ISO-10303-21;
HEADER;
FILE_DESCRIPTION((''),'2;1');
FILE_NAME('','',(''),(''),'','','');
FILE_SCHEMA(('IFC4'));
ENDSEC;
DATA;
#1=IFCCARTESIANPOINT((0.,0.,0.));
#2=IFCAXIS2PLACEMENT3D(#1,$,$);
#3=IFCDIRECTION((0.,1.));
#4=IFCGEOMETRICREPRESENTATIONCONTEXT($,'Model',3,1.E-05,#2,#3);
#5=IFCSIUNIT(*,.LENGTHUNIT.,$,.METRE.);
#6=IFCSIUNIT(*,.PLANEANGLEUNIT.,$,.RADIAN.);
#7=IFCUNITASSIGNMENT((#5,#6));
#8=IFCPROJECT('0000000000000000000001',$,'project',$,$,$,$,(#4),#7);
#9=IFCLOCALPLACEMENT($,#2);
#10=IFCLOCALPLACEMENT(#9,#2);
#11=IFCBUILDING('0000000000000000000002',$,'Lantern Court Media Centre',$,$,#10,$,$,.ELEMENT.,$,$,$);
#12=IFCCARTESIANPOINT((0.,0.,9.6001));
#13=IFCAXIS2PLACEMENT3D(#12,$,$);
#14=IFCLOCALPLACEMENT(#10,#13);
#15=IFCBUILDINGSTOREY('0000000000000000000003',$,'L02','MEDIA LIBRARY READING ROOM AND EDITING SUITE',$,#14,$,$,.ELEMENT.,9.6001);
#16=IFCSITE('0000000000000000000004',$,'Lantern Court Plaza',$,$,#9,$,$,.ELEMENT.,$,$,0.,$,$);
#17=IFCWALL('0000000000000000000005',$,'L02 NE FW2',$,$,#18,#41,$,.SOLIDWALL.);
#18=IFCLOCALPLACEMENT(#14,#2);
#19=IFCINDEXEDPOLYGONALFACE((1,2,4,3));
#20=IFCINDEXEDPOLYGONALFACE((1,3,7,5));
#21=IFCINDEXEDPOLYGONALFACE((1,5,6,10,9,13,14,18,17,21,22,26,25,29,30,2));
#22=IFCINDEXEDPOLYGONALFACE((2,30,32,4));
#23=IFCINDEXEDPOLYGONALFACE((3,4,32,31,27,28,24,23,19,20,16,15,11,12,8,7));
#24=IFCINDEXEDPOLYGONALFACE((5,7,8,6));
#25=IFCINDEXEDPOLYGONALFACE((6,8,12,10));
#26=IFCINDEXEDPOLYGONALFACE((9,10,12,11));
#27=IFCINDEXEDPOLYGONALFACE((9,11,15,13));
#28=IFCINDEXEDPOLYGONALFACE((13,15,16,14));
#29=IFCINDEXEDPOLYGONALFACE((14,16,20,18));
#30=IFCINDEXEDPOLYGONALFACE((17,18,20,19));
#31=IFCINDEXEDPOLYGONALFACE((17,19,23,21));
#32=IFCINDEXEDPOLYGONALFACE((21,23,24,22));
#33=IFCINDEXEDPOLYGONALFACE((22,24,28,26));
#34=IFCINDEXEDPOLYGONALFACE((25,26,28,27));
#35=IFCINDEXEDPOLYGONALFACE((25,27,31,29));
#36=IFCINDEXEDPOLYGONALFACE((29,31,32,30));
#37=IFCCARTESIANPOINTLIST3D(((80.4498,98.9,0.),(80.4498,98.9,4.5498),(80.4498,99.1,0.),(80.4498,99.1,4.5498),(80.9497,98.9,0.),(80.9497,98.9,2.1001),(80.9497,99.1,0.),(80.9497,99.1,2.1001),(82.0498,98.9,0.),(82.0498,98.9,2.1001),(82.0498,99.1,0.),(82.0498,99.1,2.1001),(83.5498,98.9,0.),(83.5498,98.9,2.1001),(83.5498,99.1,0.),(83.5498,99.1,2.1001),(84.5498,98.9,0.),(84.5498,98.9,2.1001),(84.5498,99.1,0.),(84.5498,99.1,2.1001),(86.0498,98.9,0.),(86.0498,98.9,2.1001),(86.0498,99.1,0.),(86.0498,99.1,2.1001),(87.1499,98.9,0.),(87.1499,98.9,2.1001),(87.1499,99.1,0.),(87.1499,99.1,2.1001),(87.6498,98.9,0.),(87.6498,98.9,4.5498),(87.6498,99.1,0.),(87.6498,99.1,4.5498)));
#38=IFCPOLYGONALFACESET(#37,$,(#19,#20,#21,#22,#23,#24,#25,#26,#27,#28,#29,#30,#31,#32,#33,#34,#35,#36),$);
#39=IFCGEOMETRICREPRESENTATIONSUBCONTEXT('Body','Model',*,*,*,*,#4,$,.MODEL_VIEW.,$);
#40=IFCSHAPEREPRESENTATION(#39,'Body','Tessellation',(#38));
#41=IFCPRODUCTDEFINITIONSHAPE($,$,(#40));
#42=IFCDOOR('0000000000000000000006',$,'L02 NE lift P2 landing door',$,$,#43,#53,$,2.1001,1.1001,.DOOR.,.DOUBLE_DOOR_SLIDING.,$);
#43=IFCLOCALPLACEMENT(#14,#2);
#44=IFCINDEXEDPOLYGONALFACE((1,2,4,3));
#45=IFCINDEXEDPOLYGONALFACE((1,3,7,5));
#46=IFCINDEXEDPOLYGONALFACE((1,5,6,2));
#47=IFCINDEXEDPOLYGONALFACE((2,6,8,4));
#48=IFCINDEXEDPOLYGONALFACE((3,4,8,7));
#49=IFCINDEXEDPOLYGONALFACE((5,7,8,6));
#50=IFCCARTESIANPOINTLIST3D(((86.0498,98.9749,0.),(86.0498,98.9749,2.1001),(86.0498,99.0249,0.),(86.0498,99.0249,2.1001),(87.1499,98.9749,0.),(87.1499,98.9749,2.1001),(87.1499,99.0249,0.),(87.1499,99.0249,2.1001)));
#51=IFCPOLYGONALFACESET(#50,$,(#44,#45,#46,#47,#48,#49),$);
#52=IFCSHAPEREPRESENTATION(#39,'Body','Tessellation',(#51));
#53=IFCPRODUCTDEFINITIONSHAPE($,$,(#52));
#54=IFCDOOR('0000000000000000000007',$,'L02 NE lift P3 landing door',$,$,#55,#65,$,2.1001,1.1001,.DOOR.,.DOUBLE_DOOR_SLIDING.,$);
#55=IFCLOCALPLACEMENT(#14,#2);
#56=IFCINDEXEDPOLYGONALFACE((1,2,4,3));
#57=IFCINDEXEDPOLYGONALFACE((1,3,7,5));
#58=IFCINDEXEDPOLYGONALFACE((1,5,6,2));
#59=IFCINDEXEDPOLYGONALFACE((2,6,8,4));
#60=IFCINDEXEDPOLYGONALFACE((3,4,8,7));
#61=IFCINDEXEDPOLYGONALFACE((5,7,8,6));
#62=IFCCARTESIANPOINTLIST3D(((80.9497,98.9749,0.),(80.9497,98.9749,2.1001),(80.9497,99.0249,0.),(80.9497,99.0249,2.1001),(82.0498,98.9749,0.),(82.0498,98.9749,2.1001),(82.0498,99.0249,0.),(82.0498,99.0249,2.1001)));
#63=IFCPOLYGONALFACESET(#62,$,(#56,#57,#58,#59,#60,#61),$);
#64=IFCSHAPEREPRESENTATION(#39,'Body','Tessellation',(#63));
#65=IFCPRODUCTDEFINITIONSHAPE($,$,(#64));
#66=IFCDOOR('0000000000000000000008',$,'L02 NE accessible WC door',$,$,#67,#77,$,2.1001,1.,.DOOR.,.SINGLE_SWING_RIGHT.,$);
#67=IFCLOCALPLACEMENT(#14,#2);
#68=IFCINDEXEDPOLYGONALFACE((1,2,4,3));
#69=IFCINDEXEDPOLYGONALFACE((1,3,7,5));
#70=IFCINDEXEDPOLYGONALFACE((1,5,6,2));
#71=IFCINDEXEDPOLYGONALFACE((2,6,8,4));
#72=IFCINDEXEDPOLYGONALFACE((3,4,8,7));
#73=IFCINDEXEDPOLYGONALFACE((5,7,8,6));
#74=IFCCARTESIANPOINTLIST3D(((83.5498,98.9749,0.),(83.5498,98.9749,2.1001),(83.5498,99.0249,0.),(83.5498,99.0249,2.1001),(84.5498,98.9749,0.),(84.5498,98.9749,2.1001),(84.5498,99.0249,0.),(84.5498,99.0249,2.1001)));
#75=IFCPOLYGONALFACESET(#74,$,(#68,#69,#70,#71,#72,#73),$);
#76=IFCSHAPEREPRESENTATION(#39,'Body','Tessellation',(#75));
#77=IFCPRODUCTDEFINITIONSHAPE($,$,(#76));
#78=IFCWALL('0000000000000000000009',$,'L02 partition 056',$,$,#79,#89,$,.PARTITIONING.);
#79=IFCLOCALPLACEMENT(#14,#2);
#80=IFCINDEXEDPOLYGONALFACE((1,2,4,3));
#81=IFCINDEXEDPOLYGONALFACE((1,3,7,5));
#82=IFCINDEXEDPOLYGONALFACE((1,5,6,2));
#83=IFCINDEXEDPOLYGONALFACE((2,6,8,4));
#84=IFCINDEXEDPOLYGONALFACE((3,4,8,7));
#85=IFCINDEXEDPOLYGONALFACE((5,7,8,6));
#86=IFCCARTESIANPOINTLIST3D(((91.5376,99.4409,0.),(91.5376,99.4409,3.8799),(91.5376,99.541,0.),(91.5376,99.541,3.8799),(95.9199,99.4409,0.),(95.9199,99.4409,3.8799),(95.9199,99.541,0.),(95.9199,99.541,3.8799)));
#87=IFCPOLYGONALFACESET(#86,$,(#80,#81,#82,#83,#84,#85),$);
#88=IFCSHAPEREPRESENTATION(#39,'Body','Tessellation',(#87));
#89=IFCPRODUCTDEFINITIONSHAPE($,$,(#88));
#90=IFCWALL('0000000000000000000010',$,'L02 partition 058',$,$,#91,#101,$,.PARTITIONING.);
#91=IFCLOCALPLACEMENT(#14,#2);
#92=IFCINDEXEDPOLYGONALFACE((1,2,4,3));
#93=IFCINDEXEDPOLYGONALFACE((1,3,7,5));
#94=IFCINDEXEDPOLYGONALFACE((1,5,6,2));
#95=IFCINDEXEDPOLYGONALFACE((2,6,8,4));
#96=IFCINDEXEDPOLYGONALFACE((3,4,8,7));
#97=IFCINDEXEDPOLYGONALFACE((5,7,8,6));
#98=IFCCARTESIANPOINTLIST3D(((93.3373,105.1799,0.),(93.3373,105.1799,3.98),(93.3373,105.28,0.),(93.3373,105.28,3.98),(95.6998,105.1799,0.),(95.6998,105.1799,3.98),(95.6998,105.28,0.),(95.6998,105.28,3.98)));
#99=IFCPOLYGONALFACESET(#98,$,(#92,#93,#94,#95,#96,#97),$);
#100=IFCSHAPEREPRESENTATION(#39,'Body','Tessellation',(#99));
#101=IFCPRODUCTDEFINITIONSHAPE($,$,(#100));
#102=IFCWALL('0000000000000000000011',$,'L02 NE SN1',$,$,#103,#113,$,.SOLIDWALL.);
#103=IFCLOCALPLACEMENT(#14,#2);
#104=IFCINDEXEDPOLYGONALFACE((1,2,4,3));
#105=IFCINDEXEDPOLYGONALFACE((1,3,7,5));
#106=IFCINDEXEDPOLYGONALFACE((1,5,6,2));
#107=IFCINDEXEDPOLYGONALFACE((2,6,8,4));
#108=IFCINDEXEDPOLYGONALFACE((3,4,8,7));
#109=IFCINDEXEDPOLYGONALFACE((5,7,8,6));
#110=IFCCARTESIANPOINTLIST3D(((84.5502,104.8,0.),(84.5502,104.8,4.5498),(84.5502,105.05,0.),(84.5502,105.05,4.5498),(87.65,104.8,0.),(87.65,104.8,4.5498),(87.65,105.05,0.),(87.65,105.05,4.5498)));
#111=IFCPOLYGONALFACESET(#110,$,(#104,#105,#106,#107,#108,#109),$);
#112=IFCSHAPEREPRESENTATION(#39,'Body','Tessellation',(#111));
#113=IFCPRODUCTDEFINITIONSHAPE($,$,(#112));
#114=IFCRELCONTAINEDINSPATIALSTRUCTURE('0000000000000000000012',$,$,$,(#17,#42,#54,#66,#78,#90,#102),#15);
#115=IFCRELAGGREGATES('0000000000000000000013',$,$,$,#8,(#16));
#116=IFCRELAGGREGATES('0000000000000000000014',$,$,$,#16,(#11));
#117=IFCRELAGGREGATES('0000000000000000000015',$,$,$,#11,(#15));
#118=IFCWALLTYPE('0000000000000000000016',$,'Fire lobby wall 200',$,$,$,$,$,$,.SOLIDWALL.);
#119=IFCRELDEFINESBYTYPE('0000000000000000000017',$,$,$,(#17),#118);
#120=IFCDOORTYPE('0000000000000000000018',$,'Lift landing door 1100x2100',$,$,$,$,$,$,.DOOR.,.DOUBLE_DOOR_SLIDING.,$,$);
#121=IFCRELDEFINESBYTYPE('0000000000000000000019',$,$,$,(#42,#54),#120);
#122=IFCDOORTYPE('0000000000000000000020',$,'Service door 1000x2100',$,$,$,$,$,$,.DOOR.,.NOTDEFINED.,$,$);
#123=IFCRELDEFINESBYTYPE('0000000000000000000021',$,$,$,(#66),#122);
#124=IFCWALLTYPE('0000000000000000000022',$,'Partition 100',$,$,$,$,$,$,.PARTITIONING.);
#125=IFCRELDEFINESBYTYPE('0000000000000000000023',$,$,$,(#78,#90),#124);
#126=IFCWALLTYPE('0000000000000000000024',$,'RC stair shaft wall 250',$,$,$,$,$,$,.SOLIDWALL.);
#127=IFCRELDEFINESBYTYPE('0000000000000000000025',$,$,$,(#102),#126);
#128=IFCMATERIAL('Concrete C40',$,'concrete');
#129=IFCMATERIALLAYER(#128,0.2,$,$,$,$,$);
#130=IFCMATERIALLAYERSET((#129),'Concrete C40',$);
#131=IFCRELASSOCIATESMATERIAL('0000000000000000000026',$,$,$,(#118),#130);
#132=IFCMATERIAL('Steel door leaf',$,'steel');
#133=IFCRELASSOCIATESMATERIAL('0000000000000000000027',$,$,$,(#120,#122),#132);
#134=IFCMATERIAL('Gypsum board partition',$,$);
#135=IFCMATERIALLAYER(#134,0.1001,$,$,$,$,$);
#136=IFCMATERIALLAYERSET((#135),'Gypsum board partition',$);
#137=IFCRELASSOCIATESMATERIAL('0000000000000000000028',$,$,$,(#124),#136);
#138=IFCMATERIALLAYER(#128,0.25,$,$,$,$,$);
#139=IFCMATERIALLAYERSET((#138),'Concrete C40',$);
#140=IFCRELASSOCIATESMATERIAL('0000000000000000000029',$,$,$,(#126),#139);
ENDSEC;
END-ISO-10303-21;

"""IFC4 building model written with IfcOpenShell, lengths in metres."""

from ifc_helpers import new_model, si_unit, direction, frame, frame_2d, origin, place, context, subcontext, project, spatial, rectangle, extrude, material, layer, layer_set, type_object, element, fill, save


model = new_model("IFC4")

# Units and contexts
model_context = context("Model", 3, precision=1e-05, world=origin(), true_north=direction((0.0, 1.0)))
body_context = subcontext(model_context, "Body", "Model", "MODEL_VIEW")
ifc_project = project(units=[si_unit("LENGTHUNIT", "METRE"), si_unit("PLANEANGLEUNIT", "RADIAN")], contexts=[model_context])

# Site, building, storey
site_placement = place(None, origin())
site = spatial("IfcSite", under=ifc_project, at=site_placement, Name="Lantern Court Plaza", CompositionType="ELEMENT", RefElevation=0.0)
building_placement = place(site_placement, origin())
building = spatial("IfcBuilding", under=site, at=building_placement, Name="Lantern Court Media Centre", CompositionType="ELEMENT")
storey_placement = place(building_placement, frame((0.0, 0.0, 9.6001)))
storey = spatial("IfcBuildingStorey", under=building, at=storey_placement, Name="L02", Description="MEDIA LIBRARY READING ROOM AND EDITING SUITE", CompositionType="ELEMENT", Elevation=9.6001)

# Shared definitions
ifc_material_1 = material(Name="Gypsum board partition")

# Wall, openings, doors
ifc_material_2 = material(Name="Concrete C40", Category="concrete")
ifc_layer_1 = layer(ifc_material_2, 0.2)
ifc_layer_set_1 = layer_set([ifc_layer_1], Name="Concrete C40")
wall_type_1 = type_object("IfcWallType", Name="Fire lobby wall 200", PredefinedType="SOLIDWALL", material=ifc_layer_set_1)
ifc_material_3 = material(Name="Steel door leaf", Category="steel")
door_type_1 = type_object("IfcDoorType", Name="Lift landing door 1100x2100", OperationType="DOUBLE_DOOR_SLIDING", PredefinedType="DOOR", material=ifc_material_3)
door_type_2 = type_object("IfcDoorType", Name="Service door 1000x2100", OperationType="NOTDEFINED", PredefinedType="DOOR", material=ifc_material_3)
wall_1_placement = place(storey_placement, frame((87.6499, 99.0, 0.0), z_axis=(0.0, 0.0, 1.0), x_axis=(-1.0, 0.0, 0.0)))
wall_1 = element("IfcWall", 1, at=wall_1_placement, inside=storey, type_object=wall_type_1, Name="L02 NE FW2", PredefinedType="SOLIDWALL", context=body_context, shape_type="SweptSolid", body=[
    extrude(rectangle(XDim=7.2, YDim=0.2, at=frame_2d((3.6001, 0.0))), origin(), (0.0, 0.0, 1.0), 4.5498),
])
opening_1_placement = place(wall_1_placement, frame((0.5, 0.0, 0.0)))
opening_1 = element("IfcOpeningElement", 2, at=opening_1_placement, cuts=wall_1, PredefinedType="OPENING", context=body_context, shape_type="SweptSolid", body=[
    extrude(rectangle(XDim=1.1001, YDim=2.1001, at=frame_2d((0.55, 1.05))), frame((0.0, 0.1099, 0.0), z_axis=(0.0, -1.0, 0.0), x_axis=(1.0, 0.0, 0.0)), (0.0, 0.0, 1.0), 0.22),
])
opening_2_placement = place(wall_1_placement, frame((5.6001, 0.0, 0.0)))
opening_2 = element("IfcOpeningElement", 3, at=opening_2_placement, cuts=wall_1, PredefinedType="OPENING", context=body_context, shape_type="SweptSolid", body=[
    extrude(rectangle(XDim=1.1001, YDim=2.1001, at=frame_2d((0.55, 1.05))), frame((0.0, 0.1099, 0.0), z_axis=(0.0, -1.0, 0.0), x_axis=(1.0, 0.0, 0.0)), (0.0, 0.0, 1.0), 0.22),
])
opening_3_placement = place(wall_1_placement, frame((3.1001, 0.0, 0.0)))
opening_3 = element("IfcOpeningElement", 4, at=opening_3_placement, cuts=wall_1, PredefinedType="OPENING", context=body_context, shape_type="SweptSolid", body=[
    extrude(rectangle(XDim=1.0, YDim=2.1001, at=frame_2d((0.5, 1.05))), frame((0.0, 0.1099, 0.0), z_axis=(0.0, -1.0, 0.0), x_axis=(1.0, 0.0, 0.0)), (0.0, 0.0, 1.0), 0.22),
])
door_1_placement = place(opening_1_placement, frame((1.1001, 0.0, 0.0), z_axis=(0.0, 0.0, 1.0), x_axis=(-1.0, 0.0, 0.0)))
door_1 = element("IfcDoor", 5, at=door_1_placement, inside=storey, type_object=door_type_1, Name="L02 NE lift P2 landing door", OperationType="DOUBLE_DOOR_SLIDING", OverallHeight=2.1001, OverallWidth=1.1001, PredefinedType="DOOR", context=body_context, shape_type="SweptSolid", body=[
    extrude(rectangle(XDim=1.1001, YDim=2.1001, at=frame_2d((0.55, 1.05))), frame((0.0, 0.0249, 0.0), z_axis=(0.0, -1.0, 0.0), x_axis=(1.0, 0.0, 0.0)), (0.0, 0.0, 1.0), 0.05),
])
fill(opening_1, door_1)
door_2_placement = place(opening_2_placement, frame((1.1001, 0.0, 0.0), z_axis=(0.0, 0.0, 1.0), x_axis=(-1.0, 0.0, 0.0)))
door_2 = element("IfcDoor", 6, at=door_2_placement, inside=storey, type_object=door_type_1, Name="L02 NE lift P3 landing door", OperationType="DOUBLE_DOOR_SLIDING", OverallHeight=2.1001, OverallWidth=1.1001, PredefinedType="DOOR", context=body_context, shape_type="SweptSolid", body=[
    extrude(rectangle(XDim=1.1001, YDim=2.1001, at=frame_2d((0.55, 1.05))), frame((0.0, 0.0249, 0.0), z_axis=(0.0, -1.0, 0.0), x_axis=(1.0, 0.0, 0.0)), (0.0, 0.0, 1.0), 0.05),
])
fill(opening_2, door_2)
door_3_placement = place(opening_3_placement, frame((1.0, 0.0, 0.0), z_axis=(0.0, 0.0, 1.0), x_axis=(-1.0, 0.0, 0.0)))
door_3 = element("IfcDoor", 7, at=door_3_placement, inside=storey, type_object=door_type_2, Name="L02 NE accessible WC door", OperationType="SINGLE_SWING_RIGHT", OverallHeight=2.1001, OverallWidth=1.0, PredefinedType="DOOR", context=body_context, shape_type="SweptSolid", body=[
    extrude(rectangle(XDim=1.0, YDim=2.1001, at=frame_2d((0.5, 1.05))), frame((0.0, 0.0249, 0.0), z_axis=(0.0, -1.0, 0.0), x_axis=(1.0, 0.0, 0.0)), (0.0, 0.0, 1.0), 0.05),
])
fill(opening_3, door_3)

# Walls
ifc_layer_2 = layer(ifc_material_1, 0.1001)
ifc_layer_set_2 = layer_set([ifc_layer_2], Name="Gypsum board partition")
wall_type_2 = type_object("IfcWallType", Name="Partition 100", PredefinedType="PARTITIONING", material=ifc_layer_set_2)
wall_2_placement = place(storey_placement, frame((91.5376, 99.491, 0.0), z_axis=(0.0, 0.0, 1.0), x_axis=(1.0, 0.0, 0.0)))
element("IfcWall", 8, at=wall_2_placement, inside=storey, type_object=wall_type_2, Name="L02 partition 056", PredefinedType="PARTITIONING", context=body_context, shape_type="SweptSolid", body=[
    extrude(rectangle(XDim=4.3823, YDim=0.1001, at=frame_2d((2.1912, 0.0))), origin(), (0.0, 0.0, 1.0), 3.8799),
])
wall_3_placement = place(storey_placement, frame((93.3374, 105.23, 0.0), z_axis=(0.0, 0.0, 1.0), x_axis=(1.0, 0.0, 0.0)))
element("IfcWall", 9, at=wall_3_placement, inside=storey, type_object=wall_type_2, Name="L02 partition 058", PredefinedType="PARTITIONING", context=body_context, shape_type="SweptSolid", body=[
    extrude(rectangle(XDim=2.3625, YDim=0.1001, at=frame_2d((1.1812, 0.0))), origin(), (0.0, 0.0, 1.0), 3.98),
])
ifc_layer_3 = layer(ifc_material_2, 0.25)
ifc_layer_set_3 = layer_set([ifc_layer_3], Name="Concrete C40")
wall_type_3 = type_object("IfcWallType", Name="RC stair shaft wall 250", PredefinedType="SOLIDWALL", material=ifc_layer_set_3)
wall_4_placement = place(storey_placement, frame((87.6499, 104.925, 0.0), z_axis=(0.0, 0.0, 1.0), x_axis=(-1.0, 0.0, 0.0)))
element("IfcWall", 10, at=wall_4_placement, inside=storey, type_object=wall_type_3, Name="L02 NE SN1", PredefinedType="SOLIDWALL", context=body_context, shape_type="SweptSolid", body=[
    extrude(rectangle(XDim=3.0999, YDim=0.25, at=frame_2d((1.5498, 0.0))), origin(), (0.0, 0.0, 1.0), 4.5498),
])

save(model, "model.ifc")
